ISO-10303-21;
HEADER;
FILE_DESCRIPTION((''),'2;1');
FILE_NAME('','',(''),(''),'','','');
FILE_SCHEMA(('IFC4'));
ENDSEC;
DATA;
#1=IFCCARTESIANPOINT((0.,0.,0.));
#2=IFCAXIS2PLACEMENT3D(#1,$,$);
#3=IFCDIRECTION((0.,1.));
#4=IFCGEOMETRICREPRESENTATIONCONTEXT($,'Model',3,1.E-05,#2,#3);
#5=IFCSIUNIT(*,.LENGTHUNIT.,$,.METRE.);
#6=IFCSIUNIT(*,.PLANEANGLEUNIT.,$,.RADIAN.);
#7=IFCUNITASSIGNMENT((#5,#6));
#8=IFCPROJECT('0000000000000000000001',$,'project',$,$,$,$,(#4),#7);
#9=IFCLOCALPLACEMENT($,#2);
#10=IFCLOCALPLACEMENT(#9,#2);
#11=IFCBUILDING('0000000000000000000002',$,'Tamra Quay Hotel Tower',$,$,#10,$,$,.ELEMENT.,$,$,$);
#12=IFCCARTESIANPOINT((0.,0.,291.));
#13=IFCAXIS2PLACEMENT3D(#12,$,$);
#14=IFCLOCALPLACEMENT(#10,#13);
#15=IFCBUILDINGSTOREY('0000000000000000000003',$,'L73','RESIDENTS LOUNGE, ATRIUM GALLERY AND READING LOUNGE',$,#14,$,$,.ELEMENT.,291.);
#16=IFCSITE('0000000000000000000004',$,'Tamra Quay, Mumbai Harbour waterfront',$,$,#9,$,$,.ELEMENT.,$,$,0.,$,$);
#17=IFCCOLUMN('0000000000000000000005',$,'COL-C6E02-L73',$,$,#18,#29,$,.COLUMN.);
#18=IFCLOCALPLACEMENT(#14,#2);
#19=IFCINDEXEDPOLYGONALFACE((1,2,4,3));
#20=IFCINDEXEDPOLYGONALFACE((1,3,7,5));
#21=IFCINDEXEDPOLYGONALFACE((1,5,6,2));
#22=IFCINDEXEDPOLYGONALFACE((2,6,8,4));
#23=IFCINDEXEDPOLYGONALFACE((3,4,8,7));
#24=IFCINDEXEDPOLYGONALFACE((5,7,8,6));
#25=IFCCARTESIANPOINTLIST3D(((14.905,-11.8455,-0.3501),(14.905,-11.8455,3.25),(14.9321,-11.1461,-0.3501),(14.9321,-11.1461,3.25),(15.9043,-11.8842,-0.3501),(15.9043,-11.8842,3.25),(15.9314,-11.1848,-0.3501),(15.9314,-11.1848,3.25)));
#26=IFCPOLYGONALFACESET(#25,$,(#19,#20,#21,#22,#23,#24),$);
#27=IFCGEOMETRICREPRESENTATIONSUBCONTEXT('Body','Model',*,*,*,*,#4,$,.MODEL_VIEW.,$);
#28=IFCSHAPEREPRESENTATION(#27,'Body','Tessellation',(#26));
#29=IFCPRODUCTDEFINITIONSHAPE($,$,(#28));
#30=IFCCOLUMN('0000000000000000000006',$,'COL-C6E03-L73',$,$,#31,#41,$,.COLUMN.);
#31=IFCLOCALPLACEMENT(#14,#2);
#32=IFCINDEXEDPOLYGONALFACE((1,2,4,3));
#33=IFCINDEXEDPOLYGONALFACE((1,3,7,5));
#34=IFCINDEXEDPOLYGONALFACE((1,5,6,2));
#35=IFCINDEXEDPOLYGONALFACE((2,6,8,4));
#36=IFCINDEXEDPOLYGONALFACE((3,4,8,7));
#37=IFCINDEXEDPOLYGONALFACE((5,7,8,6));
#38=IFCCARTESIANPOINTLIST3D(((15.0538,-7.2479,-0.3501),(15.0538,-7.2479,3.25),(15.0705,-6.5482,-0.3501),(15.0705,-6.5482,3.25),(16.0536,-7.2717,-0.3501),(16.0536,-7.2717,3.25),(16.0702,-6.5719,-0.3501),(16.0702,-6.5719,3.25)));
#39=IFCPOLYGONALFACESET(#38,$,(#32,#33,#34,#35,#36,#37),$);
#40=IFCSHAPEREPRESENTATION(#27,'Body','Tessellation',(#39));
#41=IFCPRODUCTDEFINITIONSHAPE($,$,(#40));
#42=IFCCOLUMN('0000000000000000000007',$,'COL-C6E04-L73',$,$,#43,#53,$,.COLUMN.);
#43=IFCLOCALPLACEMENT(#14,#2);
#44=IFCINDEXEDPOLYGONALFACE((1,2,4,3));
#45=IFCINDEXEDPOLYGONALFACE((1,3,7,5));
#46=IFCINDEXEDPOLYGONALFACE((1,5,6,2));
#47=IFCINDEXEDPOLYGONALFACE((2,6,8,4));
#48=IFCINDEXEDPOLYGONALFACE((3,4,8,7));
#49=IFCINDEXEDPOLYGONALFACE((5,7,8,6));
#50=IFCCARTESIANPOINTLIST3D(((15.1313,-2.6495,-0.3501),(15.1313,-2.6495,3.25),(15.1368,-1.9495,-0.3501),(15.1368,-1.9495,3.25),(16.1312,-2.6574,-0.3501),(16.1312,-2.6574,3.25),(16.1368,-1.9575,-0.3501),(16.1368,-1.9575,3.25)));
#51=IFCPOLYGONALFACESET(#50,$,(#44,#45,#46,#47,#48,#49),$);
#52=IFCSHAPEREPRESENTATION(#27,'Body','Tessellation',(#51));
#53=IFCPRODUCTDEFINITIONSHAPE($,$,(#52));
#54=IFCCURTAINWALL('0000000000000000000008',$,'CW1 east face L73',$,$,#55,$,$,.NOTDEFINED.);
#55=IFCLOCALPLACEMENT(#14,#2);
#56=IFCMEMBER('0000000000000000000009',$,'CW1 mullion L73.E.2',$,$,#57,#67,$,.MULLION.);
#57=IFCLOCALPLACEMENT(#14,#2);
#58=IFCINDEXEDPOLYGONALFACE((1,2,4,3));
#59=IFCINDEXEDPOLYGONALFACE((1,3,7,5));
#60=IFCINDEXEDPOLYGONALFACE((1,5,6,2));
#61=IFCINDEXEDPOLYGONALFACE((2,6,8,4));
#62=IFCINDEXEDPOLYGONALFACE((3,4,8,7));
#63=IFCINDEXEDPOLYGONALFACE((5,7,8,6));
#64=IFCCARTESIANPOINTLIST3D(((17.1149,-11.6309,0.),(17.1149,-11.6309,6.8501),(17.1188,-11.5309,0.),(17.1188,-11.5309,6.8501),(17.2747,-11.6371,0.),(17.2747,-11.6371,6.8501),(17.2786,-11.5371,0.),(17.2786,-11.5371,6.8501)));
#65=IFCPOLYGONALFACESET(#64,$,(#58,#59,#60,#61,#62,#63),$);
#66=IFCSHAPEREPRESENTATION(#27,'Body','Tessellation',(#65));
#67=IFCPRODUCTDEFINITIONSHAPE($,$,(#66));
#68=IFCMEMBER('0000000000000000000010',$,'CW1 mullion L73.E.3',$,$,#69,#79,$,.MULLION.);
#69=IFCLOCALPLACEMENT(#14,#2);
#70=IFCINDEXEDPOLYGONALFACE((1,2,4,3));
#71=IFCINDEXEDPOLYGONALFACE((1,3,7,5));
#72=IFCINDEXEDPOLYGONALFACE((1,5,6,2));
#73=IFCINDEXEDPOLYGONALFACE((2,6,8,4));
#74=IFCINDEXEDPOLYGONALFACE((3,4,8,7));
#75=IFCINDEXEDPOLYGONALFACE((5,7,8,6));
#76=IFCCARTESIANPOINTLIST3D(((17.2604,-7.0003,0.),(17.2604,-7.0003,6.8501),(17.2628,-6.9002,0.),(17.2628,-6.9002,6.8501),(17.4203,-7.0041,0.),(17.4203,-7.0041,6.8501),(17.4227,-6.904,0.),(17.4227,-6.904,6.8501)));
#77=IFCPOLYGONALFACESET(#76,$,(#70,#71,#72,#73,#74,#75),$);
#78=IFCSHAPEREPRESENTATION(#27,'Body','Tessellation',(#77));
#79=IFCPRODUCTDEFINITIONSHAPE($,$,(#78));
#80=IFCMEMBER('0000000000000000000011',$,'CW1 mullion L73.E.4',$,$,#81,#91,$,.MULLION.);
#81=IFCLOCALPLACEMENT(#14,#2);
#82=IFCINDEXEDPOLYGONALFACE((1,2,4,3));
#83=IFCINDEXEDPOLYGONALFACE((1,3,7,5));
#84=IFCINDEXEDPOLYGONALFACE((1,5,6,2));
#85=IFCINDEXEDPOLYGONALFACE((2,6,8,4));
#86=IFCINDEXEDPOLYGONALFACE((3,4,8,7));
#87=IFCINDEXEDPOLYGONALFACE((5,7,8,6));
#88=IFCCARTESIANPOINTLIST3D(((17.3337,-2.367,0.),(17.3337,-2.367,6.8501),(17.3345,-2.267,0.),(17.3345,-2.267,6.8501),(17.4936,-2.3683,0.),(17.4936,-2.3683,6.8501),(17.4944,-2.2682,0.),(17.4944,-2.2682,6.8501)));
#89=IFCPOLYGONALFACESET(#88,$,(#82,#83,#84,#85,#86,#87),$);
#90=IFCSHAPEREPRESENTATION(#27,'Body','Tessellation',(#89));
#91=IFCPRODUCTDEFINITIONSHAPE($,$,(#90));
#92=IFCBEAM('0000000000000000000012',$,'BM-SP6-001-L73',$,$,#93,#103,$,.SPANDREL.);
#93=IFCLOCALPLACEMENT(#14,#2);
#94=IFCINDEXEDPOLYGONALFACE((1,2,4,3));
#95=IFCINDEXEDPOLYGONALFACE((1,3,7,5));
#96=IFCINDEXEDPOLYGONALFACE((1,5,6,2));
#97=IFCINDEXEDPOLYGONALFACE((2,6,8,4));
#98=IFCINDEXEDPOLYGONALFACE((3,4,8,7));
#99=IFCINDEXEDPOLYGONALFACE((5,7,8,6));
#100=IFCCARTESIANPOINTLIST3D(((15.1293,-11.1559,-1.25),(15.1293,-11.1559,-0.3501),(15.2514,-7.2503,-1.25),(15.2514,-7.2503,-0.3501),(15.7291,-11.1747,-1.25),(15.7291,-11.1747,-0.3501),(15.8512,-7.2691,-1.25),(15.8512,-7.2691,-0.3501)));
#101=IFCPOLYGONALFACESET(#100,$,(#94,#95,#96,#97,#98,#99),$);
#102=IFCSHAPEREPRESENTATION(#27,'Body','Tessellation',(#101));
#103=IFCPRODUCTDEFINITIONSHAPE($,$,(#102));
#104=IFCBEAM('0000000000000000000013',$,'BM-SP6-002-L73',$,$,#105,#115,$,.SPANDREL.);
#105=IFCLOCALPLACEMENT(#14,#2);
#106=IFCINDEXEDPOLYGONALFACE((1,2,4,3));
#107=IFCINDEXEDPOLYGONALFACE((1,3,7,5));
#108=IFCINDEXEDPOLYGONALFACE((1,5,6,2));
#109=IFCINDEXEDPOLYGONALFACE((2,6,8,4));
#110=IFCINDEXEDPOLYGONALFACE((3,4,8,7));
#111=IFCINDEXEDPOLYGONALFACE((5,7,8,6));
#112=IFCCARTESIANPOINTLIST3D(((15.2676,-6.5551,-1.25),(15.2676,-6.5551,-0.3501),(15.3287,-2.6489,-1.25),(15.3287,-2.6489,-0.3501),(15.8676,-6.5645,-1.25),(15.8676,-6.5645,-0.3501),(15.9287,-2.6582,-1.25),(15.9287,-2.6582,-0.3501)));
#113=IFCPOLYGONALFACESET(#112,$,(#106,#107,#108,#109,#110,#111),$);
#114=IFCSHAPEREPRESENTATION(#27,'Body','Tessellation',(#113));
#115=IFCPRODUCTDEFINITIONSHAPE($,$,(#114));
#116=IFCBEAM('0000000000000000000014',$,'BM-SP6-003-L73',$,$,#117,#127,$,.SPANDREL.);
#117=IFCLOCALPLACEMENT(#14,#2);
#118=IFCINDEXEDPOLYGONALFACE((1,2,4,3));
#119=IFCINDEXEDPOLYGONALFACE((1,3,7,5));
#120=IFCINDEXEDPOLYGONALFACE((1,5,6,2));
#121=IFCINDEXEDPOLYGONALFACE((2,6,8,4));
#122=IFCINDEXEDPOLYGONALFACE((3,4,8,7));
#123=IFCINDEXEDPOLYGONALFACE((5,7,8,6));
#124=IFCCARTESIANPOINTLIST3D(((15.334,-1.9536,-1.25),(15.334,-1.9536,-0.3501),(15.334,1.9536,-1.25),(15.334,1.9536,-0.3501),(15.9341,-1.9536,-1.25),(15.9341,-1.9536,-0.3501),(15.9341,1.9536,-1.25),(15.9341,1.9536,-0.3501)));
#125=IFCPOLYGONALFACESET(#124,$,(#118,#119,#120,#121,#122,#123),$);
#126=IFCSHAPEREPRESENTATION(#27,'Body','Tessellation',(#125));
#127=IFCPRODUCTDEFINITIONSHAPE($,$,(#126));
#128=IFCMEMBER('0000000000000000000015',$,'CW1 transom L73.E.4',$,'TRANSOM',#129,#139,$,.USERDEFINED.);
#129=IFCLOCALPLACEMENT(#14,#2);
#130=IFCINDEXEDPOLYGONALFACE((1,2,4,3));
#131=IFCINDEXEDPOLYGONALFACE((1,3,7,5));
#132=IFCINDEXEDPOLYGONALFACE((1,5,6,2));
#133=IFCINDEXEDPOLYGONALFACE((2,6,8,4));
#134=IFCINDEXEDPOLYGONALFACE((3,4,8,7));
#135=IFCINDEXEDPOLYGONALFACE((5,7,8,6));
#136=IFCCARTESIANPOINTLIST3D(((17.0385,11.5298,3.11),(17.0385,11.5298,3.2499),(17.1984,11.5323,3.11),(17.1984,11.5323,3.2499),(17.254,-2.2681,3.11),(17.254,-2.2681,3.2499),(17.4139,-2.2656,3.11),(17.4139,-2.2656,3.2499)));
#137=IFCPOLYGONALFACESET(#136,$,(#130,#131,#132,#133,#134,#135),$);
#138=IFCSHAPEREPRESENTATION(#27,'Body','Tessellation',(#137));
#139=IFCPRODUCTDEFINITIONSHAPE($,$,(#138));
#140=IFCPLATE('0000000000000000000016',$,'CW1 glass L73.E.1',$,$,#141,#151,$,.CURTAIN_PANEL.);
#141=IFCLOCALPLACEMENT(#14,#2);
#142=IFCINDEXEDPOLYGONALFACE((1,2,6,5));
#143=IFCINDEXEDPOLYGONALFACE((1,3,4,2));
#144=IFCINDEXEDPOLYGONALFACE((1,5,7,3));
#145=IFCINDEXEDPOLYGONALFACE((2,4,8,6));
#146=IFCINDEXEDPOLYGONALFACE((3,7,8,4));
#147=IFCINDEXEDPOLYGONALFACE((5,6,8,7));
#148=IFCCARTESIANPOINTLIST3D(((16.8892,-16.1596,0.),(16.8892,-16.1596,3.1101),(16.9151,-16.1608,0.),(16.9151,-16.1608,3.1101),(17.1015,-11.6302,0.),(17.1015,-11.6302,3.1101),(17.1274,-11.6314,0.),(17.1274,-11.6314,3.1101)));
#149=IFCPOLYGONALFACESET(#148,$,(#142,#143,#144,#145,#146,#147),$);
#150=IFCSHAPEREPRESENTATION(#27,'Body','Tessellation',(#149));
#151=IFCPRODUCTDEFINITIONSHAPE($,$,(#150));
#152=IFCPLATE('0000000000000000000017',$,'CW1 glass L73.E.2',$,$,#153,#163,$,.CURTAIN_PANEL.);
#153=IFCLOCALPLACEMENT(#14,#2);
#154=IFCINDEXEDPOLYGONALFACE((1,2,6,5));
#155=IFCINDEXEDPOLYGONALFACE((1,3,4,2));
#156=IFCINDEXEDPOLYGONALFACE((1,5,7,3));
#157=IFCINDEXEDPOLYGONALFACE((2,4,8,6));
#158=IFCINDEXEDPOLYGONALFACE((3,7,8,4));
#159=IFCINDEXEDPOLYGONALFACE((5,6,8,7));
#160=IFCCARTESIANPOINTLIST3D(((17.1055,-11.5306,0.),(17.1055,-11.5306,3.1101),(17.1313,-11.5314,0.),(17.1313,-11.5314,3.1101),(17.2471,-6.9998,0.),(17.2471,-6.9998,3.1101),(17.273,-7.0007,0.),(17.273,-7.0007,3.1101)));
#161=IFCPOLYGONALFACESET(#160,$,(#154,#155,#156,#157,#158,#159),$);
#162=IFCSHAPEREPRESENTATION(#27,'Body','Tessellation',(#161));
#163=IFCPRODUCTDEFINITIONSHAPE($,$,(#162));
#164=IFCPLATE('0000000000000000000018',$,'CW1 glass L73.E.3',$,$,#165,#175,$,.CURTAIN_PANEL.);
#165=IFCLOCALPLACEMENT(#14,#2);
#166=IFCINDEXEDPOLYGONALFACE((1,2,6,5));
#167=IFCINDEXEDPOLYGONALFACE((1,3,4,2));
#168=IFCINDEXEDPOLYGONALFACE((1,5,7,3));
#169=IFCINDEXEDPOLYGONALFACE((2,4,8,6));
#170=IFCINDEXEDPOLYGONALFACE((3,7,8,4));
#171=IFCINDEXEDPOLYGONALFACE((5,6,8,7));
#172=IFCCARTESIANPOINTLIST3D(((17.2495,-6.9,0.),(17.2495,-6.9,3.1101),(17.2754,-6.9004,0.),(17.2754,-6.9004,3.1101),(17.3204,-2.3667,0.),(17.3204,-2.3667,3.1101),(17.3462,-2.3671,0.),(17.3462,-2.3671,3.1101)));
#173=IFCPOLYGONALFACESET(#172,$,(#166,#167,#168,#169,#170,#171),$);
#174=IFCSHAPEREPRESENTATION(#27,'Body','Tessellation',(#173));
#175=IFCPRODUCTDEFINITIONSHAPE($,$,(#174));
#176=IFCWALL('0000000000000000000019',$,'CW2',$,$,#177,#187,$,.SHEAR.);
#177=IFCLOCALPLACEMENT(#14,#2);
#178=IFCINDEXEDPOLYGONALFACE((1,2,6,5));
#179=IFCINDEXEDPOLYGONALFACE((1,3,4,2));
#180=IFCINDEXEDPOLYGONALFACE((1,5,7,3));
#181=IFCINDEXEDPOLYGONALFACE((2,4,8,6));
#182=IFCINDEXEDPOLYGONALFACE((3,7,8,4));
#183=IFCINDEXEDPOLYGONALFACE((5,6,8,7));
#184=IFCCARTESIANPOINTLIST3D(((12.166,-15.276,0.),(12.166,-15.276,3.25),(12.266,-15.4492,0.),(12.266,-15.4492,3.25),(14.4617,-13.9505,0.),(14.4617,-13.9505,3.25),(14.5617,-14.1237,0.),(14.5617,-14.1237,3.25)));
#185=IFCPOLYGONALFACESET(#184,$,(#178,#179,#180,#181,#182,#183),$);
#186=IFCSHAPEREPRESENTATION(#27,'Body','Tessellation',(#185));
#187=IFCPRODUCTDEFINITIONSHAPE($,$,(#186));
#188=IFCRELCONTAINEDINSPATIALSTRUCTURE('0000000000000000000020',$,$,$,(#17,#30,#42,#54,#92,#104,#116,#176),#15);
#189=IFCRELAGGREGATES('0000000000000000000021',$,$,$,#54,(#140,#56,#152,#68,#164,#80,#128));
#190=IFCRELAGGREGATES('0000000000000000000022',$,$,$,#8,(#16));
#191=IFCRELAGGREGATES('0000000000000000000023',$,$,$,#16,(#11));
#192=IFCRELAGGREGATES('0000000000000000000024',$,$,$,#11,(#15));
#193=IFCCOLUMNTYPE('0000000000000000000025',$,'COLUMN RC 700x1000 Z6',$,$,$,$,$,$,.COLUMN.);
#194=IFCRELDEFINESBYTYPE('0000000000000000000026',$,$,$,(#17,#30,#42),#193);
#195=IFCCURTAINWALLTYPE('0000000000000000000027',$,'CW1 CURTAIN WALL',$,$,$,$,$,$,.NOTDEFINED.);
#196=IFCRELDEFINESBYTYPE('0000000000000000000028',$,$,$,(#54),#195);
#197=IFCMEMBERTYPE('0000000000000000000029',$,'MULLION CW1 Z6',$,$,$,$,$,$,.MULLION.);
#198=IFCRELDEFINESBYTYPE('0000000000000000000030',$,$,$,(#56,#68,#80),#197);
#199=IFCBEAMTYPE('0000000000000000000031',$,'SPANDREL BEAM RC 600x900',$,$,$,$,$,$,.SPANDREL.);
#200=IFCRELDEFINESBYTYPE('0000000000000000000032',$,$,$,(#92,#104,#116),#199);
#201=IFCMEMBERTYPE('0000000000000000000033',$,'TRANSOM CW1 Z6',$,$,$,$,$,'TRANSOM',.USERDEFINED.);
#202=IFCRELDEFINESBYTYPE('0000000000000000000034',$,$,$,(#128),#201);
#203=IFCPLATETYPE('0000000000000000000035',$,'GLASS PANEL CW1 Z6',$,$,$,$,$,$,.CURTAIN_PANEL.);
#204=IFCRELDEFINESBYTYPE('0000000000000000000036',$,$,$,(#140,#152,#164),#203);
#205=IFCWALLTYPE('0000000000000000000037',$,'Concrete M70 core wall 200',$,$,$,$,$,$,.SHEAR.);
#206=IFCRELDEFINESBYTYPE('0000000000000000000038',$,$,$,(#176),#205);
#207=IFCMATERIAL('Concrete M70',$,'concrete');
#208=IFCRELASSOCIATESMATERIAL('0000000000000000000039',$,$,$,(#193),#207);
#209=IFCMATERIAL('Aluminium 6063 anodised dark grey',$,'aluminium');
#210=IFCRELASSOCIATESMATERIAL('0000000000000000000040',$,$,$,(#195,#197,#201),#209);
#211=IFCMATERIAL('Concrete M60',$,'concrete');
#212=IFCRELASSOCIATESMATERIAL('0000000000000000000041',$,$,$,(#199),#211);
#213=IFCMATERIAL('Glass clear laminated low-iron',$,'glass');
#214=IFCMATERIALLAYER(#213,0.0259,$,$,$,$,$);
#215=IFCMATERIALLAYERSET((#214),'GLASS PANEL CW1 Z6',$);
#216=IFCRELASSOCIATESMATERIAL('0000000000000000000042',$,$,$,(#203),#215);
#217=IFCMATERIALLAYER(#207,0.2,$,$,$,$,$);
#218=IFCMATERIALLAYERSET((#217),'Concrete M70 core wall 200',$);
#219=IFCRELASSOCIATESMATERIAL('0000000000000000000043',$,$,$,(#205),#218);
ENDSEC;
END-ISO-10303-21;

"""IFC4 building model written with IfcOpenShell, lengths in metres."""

from ifc_helpers import new_model, si_unit, direction, frame, frame_2d, origin, origin_2d, place, context, subcontext, project, spatial, rectangle, extrude, material, layer, layer_set, material_profile, profile_set, type_object, element, aggregate, save


model = new_model("IFC4")

# Units and contexts
model_context = context("Model", 3, precision=1e-05, world=origin(), true_north=direction((0.0, 1.0)))
body_context = subcontext(model_context, "Body", "Model", "MODEL_VIEW")
ifc_project = project(units=[si_unit("LENGTHUNIT", "METRE"), si_unit("PLANEANGLEUNIT", "RADIAN")], contexts=[model_context])

# Site, building, storey
site_placement = place(None, origin())
site = spatial("IfcSite", under=ifc_project, at=site_placement, Name="Tamra Quay, Mumbai Harbour waterfront", CompositionType="ELEMENT", RefElevation=0.0)
building_placement = place(site_placement, origin())
building = spatial("IfcBuilding", under=site, at=building_placement, Name="Tamra Quay Hotel Tower", CompositionType="ELEMENT")
storey_placement = place(building_placement, frame((0.0, 0.0, 291.0)))
storey = spatial("IfcBuildingStorey", under=building, at=storey_placement, Name="L73", Description="RESIDENTS LOUNGE, ATRIUM GALLERY AND READING LOUNGE", CompositionType="ELEMENT", Elevation=291.0)

# Columns
ifc_material_1 = material(Name="Concrete M70", Category="concrete")
ifc_material_profile_1 = material_profile(ifc_material_1, rectangle(XDim=1.0, YDim=0.7, at=origin_2d()), Name="COLUMN RC 700x1000 Z6")
ifc_profile_set_1 = profile_set([ifc_material_profile_1], Name="Concrete M70")
column_type = type_object("IfcColumnType", Name="COLUMN RC 700x1000 Z6", PredefinedType="COLUMN", material=ifc_profile_set_1)
for number, where, z_axis, x_axis, name in (
    (1, (15.4182, -11.5151, -0.3501), (0.0, 0.0, 1.0), (-0.999251, 0.038691, 0.0), "COL-C6E02-L73"),
    (2, (15.562, -6.9099, -0.3501), (0.0, 0.0, 1.0), (-0.999718, 0.023753, 0.0), "COL-C6E03-L73"),
    (3, (15.634, -2.3035, -0.3501), (0.0, 0.0, 1.0), (-0.999969, 0.00792, 0.0), "COL-C6E04-L73"),
):
    element("IfcColumn", number, at=place(storey_placement, frame(where, z_axis=z_axis, x_axis=x_axis)), inside=storey, type_object=column_type, Name=name, PredefinedType="COLUMN", context=body_context, shape_type="SweptSolid", body=[
        extrude(rectangle(XDim=1.0, YDim=0.7, at=origin_2d()), origin(), (0.0, 0.0, 1.0), 3.6001),
    ])

# Curtain wall, members
ifc_material_2 = material(Name="Aluminium 6063 anodised dark grey", Category="aluminium")
curtain_wall_type = type_object("IfcCurtainWallType", Name="CW1 CURTAIN WALL", PredefinedType="NOTDEFINED", material=ifc_material_2)
curtain_wall_placement = place(storey_placement, origin())
curtain_wall = element("IfcCurtainWall", 4, at=curtain_wall_placement, inside=storey, type_object=curtain_wall_type, Name="CW1 east face L73", PredefinedType="NOTDEFINED")
ifc_material_profile_2 = material_profile(ifc_material_2, rectangle(XDim=0.1599, YDim=0.1001, at=origin_2d()), Name="MULLION 100X160")
ifc_profile_set_2 = profile_set([ifc_material_profile_2], Name="Aluminium 6063 anodised dark grey")
member_type_1 = type_object("IfcMemberType", Name="MULLION CW1 Z6", PredefinedType="MULLION", material=ifc_profile_set_2)
member_1_placement = place(storey_placement, frame((17.1968, -11.584, 0.0), z_axis=(0.0, 0.0, 1.0), x_axis=(0.999238, -0.039033, 0.0)))
member_1 = element("IfcMember", 5, at=member_1_placement, type_object=member_type_1, Name="CW1 mullion L73.E.2", PredefinedType="MULLION", context=body_context, shape_type="SweptSolid", body=[
    extrude(rectangle(XDim=0.1599, YDim=0.1001, at=origin_2d()), origin(), (0.0, 0.0, 1.0), 6.8501),
])
member_2_placement = place(storey_placement, frame((17.3416, -6.9521, 0.0), z_axis=(0.0, 0.0, 1.0), x_axis=(0.999725, -0.023438, 0.0)))
member_2 = element("IfcMember", 6, at=member_2_placement, type_object=member_type_1, Name="CW1 mullion L73.E.3", PredefinedType="MULLION", context=body_context, shape_type="SweptSolid", body=[
    extrude(rectangle(XDim=0.1599, YDim=0.1001, at=origin_2d()), origin(), (0.0, 0.0, 1.0), 6.8501),
])
member_3_placement = place(storey_placement, frame((17.4141, -2.3176, 0.0), z_axis=(0.0, 0.0, 1.0), x_axis=(0.999969, -0.007816, 0.0)))
member_3 = element("IfcMember", 7, at=member_3_placement, type_object=member_type_1, Name="CW1 mullion L73.E.4", PredefinedType="MULLION", context=body_context, shape_type="SweptSolid", body=[
    extrude(rectangle(XDim=0.1599, YDim=0.1001, at=origin_2d()), origin(), (0.0, 0.0, 1.0), 6.8501),
])

# Beams
ifc_material_3 = material(Name="Concrete M60", Category="concrete")
ifc_material_profile_3 = material_profile(ifc_material_3, rectangle(XDim=0.6001, YDim=0.8999, at=origin_2d()), Name="SPANDREL BEAM RC 600x900")
ifc_profile_set_3 = profile_set([ifc_material_profile_3], Name="Concrete M60")
beam_type = type_object("IfcBeamType", Name="SPANDREL BEAM RC 600x900", PredefinedType="SPANDREL", material=ifc_profile_set_3)
beam_1_placement = place(storey_placement, frame((15.4292, -11.1653, -0.8), z_axis=(0.031241, 0.999512, 0.0), x_axis=(-0.999512, 0.031241, 0.0)))
element("IfcBeam", 8, at=beam_1_placement, inside=storey, type_object=beam_type, Name="BM-SP6-001-L73", PredefinedType="SPANDREL", context=body_context, shape_type="SweptSolid", body=[
    extrude(rectangle(XDim=0.6001, YDim=0.8999, at=origin_2d()), origin(), (0.0, 0.0, 1.0), 3.9075),
])
beam_2_placement = place(storey_placement, frame((15.5676, -6.5598, -0.8), z_axis=(0.015623, 0.999878, 0.0), x_axis=(-0.999878, 0.015623, 0.0)))
element("IfcBeam", 9, at=beam_2_placement, inside=storey, type_object=beam_type, Name="BM-SP6-002-L73", PredefinedType="SPANDREL", context=body_context, shape_type="SweptSolid", body=[
    extrude(rectangle(XDim=0.6001, YDim=0.8999, at=origin_2d()), origin(), (0.0, 0.0, 1.0), 3.9067),
])
beam_3_placement = place(storey_placement, frame((15.634, -1.9536, -0.8), z_axis=(0.0, 1.0, 0.0), x_axis=(-1.0, 0.0, 0.0)))
element("IfcBeam", 10, at=beam_3_placement, inside=storey, type_object=beam_type, Name="BM-SP6-003-L73", PredefinedType="SPANDREL", context=body_context, shape_type="SweptSolid", body=[
    extrude(rectangle(XDim=0.6001, YDim=0.8999, at=origin_2d()), origin(), (0.0, 0.0, 1.0), 3.9072),
])

# Member
ifc_material_profile_4 = material_profile(ifc_material_2, rectangle(XDim=0.1599, YDim=0.1399, at=origin_2d()), Name="TRANSOM 160X140")
ifc_profile_set_4 = profile_set([ifc_material_profile_4], Name="Aluminium 6063 anodised dark grey")
member_type_2 = type_object("IfcMemberType", Name="TRANSOM CW1 Z6", ElementType="TRANSOM", PredefinedType="USERDEFINED", material=ifc_profile_set_4)
member_4_placement = place(storey_placement, frame((17.334, -2.2668, 3.1799), z_axis=(-0.015622, 0.999878, 0.0), x_axis=(-0.999878, -0.015622, 0.0)))
member_4 = element("IfcMember", 11, at=member_4_placement, type_object=member_type_2, Name="CW1 transom L73.E.4", ObjectType="TRANSOM", PredefinedType="USERDEFINED", context=body_context, shape_type="SweptSolid", body=[
    extrude(rectangle(XDim=0.1599, YDim=0.1399, at=origin_2d()), origin(), (0.0, 0.0, 1.0), 13.7996),
])

# Plates
ifc_material_4 = material(Name="Glass clear laminated low-iron", Category="glass")
ifc_layer_1 = layer(ifc_material_4, 0.0259)
ifc_layer_set_1 = layer_set([ifc_layer_1], Name="GLASS PANEL CW1 Z6")
plate_type = type_object("IfcPlateType", Name="GLASS PANEL CW1 Z6", PredefinedType="CURTAIN_PANEL", material=ifc_layer_set_1)
plate_1_placement = place(storey_placement, frame((17.0083, -13.8955, 0.0), z_axis=(0.0, 0.0, 1.0), x_axis=(0.046821, 0.998903, 0.0)))
plate_1 = element("IfcPlate", 12, at=plate_1_placement, type_object=plate_type, Name="CW1 glass L73.E.1", PredefinedType="CURTAIN_PANEL", context=body_context, shape_type="SweptSolid", body=[
    extrude(rectangle(XDim=4.5344, YDim=0.0259, at=origin_2d()), origin(), (0.0, 0.0, 1.0), 3.1101),
])
plate_2_placement = place(storey_placement, frame((17.1892, -9.2656, 0.0), z_axis=(0.0, 0.0, 1.0), x_axis=(0.031242, 0.999512, 0.0)))
plate_2 = element("IfcPlate", 13, at=plate_2_placement, type_object=plate_type, Name="CW1 glass L73.E.2", PredefinedType="CURTAIN_PANEL", context=body_context, shape_type="SweptSolid", body=[
    extrude(rectangle(XDim=4.533, YDim=0.0259, at=origin_2d()), origin(), (0.0, 0.0, 1.0), 3.1101),
])
plate_3_placement = place(storey_placement, frame((17.2979, -4.6335, 0.0), z_axis=(0.0, 0.0, 1.0), x_axis=(0.015632, 0.999878, 0.0)))
plate_3 = element("IfcPlate", 14, at=plate_3_placement, type_object=plate_type, Name="CW1 glass L73.E.3", PredefinedType="CURTAIN_PANEL", context=body_context, shape_type="SweptSolid", body=[
    extrude(rectangle(XDim=4.5339, YDim=0.0259, at=origin_2d()), origin(), (0.0, 0.0, 1.0), 3.1101),
])
aggregate(curtain_wall, [plate_1, member_1, plate_2, member_2, plate_3, member_3, member_4])

# Wall
ifc_layer_2 = layer(ifc_material_1, 0.2)
ifc_layer_set_2 = layer_set([ifc_layer_2], Name="Concrete M70 core wall 200")
wall_type_1 = type_object("IfcWallType", Name="Concrete M70 core wall 200", PredefinedType="SHEAR", material=ifc_layer_set_2)
wall_1_placement = place(storey_placement, frame((14.5117, -14.0371, 0.0), z_axis=(0.0, 0.0, 1.0), x_axis=(-0.866018, -0.500012, 0.0)))
element("IfcWall", 15, at=wall_1_placement, inside=storey, type_object=wall_type_1, Name="CW2", PredefinedType="SHEAR", context=body_context, shape_type="SweptSolid", body=[
    extrude(rectangle(XDim=2.6509, YDim=0.2, at=frame_2d((1.3254, 0.0))), origin(), (0.0, 0.0, 1.0), 3.25),
])

save(model, "model.ifc")
